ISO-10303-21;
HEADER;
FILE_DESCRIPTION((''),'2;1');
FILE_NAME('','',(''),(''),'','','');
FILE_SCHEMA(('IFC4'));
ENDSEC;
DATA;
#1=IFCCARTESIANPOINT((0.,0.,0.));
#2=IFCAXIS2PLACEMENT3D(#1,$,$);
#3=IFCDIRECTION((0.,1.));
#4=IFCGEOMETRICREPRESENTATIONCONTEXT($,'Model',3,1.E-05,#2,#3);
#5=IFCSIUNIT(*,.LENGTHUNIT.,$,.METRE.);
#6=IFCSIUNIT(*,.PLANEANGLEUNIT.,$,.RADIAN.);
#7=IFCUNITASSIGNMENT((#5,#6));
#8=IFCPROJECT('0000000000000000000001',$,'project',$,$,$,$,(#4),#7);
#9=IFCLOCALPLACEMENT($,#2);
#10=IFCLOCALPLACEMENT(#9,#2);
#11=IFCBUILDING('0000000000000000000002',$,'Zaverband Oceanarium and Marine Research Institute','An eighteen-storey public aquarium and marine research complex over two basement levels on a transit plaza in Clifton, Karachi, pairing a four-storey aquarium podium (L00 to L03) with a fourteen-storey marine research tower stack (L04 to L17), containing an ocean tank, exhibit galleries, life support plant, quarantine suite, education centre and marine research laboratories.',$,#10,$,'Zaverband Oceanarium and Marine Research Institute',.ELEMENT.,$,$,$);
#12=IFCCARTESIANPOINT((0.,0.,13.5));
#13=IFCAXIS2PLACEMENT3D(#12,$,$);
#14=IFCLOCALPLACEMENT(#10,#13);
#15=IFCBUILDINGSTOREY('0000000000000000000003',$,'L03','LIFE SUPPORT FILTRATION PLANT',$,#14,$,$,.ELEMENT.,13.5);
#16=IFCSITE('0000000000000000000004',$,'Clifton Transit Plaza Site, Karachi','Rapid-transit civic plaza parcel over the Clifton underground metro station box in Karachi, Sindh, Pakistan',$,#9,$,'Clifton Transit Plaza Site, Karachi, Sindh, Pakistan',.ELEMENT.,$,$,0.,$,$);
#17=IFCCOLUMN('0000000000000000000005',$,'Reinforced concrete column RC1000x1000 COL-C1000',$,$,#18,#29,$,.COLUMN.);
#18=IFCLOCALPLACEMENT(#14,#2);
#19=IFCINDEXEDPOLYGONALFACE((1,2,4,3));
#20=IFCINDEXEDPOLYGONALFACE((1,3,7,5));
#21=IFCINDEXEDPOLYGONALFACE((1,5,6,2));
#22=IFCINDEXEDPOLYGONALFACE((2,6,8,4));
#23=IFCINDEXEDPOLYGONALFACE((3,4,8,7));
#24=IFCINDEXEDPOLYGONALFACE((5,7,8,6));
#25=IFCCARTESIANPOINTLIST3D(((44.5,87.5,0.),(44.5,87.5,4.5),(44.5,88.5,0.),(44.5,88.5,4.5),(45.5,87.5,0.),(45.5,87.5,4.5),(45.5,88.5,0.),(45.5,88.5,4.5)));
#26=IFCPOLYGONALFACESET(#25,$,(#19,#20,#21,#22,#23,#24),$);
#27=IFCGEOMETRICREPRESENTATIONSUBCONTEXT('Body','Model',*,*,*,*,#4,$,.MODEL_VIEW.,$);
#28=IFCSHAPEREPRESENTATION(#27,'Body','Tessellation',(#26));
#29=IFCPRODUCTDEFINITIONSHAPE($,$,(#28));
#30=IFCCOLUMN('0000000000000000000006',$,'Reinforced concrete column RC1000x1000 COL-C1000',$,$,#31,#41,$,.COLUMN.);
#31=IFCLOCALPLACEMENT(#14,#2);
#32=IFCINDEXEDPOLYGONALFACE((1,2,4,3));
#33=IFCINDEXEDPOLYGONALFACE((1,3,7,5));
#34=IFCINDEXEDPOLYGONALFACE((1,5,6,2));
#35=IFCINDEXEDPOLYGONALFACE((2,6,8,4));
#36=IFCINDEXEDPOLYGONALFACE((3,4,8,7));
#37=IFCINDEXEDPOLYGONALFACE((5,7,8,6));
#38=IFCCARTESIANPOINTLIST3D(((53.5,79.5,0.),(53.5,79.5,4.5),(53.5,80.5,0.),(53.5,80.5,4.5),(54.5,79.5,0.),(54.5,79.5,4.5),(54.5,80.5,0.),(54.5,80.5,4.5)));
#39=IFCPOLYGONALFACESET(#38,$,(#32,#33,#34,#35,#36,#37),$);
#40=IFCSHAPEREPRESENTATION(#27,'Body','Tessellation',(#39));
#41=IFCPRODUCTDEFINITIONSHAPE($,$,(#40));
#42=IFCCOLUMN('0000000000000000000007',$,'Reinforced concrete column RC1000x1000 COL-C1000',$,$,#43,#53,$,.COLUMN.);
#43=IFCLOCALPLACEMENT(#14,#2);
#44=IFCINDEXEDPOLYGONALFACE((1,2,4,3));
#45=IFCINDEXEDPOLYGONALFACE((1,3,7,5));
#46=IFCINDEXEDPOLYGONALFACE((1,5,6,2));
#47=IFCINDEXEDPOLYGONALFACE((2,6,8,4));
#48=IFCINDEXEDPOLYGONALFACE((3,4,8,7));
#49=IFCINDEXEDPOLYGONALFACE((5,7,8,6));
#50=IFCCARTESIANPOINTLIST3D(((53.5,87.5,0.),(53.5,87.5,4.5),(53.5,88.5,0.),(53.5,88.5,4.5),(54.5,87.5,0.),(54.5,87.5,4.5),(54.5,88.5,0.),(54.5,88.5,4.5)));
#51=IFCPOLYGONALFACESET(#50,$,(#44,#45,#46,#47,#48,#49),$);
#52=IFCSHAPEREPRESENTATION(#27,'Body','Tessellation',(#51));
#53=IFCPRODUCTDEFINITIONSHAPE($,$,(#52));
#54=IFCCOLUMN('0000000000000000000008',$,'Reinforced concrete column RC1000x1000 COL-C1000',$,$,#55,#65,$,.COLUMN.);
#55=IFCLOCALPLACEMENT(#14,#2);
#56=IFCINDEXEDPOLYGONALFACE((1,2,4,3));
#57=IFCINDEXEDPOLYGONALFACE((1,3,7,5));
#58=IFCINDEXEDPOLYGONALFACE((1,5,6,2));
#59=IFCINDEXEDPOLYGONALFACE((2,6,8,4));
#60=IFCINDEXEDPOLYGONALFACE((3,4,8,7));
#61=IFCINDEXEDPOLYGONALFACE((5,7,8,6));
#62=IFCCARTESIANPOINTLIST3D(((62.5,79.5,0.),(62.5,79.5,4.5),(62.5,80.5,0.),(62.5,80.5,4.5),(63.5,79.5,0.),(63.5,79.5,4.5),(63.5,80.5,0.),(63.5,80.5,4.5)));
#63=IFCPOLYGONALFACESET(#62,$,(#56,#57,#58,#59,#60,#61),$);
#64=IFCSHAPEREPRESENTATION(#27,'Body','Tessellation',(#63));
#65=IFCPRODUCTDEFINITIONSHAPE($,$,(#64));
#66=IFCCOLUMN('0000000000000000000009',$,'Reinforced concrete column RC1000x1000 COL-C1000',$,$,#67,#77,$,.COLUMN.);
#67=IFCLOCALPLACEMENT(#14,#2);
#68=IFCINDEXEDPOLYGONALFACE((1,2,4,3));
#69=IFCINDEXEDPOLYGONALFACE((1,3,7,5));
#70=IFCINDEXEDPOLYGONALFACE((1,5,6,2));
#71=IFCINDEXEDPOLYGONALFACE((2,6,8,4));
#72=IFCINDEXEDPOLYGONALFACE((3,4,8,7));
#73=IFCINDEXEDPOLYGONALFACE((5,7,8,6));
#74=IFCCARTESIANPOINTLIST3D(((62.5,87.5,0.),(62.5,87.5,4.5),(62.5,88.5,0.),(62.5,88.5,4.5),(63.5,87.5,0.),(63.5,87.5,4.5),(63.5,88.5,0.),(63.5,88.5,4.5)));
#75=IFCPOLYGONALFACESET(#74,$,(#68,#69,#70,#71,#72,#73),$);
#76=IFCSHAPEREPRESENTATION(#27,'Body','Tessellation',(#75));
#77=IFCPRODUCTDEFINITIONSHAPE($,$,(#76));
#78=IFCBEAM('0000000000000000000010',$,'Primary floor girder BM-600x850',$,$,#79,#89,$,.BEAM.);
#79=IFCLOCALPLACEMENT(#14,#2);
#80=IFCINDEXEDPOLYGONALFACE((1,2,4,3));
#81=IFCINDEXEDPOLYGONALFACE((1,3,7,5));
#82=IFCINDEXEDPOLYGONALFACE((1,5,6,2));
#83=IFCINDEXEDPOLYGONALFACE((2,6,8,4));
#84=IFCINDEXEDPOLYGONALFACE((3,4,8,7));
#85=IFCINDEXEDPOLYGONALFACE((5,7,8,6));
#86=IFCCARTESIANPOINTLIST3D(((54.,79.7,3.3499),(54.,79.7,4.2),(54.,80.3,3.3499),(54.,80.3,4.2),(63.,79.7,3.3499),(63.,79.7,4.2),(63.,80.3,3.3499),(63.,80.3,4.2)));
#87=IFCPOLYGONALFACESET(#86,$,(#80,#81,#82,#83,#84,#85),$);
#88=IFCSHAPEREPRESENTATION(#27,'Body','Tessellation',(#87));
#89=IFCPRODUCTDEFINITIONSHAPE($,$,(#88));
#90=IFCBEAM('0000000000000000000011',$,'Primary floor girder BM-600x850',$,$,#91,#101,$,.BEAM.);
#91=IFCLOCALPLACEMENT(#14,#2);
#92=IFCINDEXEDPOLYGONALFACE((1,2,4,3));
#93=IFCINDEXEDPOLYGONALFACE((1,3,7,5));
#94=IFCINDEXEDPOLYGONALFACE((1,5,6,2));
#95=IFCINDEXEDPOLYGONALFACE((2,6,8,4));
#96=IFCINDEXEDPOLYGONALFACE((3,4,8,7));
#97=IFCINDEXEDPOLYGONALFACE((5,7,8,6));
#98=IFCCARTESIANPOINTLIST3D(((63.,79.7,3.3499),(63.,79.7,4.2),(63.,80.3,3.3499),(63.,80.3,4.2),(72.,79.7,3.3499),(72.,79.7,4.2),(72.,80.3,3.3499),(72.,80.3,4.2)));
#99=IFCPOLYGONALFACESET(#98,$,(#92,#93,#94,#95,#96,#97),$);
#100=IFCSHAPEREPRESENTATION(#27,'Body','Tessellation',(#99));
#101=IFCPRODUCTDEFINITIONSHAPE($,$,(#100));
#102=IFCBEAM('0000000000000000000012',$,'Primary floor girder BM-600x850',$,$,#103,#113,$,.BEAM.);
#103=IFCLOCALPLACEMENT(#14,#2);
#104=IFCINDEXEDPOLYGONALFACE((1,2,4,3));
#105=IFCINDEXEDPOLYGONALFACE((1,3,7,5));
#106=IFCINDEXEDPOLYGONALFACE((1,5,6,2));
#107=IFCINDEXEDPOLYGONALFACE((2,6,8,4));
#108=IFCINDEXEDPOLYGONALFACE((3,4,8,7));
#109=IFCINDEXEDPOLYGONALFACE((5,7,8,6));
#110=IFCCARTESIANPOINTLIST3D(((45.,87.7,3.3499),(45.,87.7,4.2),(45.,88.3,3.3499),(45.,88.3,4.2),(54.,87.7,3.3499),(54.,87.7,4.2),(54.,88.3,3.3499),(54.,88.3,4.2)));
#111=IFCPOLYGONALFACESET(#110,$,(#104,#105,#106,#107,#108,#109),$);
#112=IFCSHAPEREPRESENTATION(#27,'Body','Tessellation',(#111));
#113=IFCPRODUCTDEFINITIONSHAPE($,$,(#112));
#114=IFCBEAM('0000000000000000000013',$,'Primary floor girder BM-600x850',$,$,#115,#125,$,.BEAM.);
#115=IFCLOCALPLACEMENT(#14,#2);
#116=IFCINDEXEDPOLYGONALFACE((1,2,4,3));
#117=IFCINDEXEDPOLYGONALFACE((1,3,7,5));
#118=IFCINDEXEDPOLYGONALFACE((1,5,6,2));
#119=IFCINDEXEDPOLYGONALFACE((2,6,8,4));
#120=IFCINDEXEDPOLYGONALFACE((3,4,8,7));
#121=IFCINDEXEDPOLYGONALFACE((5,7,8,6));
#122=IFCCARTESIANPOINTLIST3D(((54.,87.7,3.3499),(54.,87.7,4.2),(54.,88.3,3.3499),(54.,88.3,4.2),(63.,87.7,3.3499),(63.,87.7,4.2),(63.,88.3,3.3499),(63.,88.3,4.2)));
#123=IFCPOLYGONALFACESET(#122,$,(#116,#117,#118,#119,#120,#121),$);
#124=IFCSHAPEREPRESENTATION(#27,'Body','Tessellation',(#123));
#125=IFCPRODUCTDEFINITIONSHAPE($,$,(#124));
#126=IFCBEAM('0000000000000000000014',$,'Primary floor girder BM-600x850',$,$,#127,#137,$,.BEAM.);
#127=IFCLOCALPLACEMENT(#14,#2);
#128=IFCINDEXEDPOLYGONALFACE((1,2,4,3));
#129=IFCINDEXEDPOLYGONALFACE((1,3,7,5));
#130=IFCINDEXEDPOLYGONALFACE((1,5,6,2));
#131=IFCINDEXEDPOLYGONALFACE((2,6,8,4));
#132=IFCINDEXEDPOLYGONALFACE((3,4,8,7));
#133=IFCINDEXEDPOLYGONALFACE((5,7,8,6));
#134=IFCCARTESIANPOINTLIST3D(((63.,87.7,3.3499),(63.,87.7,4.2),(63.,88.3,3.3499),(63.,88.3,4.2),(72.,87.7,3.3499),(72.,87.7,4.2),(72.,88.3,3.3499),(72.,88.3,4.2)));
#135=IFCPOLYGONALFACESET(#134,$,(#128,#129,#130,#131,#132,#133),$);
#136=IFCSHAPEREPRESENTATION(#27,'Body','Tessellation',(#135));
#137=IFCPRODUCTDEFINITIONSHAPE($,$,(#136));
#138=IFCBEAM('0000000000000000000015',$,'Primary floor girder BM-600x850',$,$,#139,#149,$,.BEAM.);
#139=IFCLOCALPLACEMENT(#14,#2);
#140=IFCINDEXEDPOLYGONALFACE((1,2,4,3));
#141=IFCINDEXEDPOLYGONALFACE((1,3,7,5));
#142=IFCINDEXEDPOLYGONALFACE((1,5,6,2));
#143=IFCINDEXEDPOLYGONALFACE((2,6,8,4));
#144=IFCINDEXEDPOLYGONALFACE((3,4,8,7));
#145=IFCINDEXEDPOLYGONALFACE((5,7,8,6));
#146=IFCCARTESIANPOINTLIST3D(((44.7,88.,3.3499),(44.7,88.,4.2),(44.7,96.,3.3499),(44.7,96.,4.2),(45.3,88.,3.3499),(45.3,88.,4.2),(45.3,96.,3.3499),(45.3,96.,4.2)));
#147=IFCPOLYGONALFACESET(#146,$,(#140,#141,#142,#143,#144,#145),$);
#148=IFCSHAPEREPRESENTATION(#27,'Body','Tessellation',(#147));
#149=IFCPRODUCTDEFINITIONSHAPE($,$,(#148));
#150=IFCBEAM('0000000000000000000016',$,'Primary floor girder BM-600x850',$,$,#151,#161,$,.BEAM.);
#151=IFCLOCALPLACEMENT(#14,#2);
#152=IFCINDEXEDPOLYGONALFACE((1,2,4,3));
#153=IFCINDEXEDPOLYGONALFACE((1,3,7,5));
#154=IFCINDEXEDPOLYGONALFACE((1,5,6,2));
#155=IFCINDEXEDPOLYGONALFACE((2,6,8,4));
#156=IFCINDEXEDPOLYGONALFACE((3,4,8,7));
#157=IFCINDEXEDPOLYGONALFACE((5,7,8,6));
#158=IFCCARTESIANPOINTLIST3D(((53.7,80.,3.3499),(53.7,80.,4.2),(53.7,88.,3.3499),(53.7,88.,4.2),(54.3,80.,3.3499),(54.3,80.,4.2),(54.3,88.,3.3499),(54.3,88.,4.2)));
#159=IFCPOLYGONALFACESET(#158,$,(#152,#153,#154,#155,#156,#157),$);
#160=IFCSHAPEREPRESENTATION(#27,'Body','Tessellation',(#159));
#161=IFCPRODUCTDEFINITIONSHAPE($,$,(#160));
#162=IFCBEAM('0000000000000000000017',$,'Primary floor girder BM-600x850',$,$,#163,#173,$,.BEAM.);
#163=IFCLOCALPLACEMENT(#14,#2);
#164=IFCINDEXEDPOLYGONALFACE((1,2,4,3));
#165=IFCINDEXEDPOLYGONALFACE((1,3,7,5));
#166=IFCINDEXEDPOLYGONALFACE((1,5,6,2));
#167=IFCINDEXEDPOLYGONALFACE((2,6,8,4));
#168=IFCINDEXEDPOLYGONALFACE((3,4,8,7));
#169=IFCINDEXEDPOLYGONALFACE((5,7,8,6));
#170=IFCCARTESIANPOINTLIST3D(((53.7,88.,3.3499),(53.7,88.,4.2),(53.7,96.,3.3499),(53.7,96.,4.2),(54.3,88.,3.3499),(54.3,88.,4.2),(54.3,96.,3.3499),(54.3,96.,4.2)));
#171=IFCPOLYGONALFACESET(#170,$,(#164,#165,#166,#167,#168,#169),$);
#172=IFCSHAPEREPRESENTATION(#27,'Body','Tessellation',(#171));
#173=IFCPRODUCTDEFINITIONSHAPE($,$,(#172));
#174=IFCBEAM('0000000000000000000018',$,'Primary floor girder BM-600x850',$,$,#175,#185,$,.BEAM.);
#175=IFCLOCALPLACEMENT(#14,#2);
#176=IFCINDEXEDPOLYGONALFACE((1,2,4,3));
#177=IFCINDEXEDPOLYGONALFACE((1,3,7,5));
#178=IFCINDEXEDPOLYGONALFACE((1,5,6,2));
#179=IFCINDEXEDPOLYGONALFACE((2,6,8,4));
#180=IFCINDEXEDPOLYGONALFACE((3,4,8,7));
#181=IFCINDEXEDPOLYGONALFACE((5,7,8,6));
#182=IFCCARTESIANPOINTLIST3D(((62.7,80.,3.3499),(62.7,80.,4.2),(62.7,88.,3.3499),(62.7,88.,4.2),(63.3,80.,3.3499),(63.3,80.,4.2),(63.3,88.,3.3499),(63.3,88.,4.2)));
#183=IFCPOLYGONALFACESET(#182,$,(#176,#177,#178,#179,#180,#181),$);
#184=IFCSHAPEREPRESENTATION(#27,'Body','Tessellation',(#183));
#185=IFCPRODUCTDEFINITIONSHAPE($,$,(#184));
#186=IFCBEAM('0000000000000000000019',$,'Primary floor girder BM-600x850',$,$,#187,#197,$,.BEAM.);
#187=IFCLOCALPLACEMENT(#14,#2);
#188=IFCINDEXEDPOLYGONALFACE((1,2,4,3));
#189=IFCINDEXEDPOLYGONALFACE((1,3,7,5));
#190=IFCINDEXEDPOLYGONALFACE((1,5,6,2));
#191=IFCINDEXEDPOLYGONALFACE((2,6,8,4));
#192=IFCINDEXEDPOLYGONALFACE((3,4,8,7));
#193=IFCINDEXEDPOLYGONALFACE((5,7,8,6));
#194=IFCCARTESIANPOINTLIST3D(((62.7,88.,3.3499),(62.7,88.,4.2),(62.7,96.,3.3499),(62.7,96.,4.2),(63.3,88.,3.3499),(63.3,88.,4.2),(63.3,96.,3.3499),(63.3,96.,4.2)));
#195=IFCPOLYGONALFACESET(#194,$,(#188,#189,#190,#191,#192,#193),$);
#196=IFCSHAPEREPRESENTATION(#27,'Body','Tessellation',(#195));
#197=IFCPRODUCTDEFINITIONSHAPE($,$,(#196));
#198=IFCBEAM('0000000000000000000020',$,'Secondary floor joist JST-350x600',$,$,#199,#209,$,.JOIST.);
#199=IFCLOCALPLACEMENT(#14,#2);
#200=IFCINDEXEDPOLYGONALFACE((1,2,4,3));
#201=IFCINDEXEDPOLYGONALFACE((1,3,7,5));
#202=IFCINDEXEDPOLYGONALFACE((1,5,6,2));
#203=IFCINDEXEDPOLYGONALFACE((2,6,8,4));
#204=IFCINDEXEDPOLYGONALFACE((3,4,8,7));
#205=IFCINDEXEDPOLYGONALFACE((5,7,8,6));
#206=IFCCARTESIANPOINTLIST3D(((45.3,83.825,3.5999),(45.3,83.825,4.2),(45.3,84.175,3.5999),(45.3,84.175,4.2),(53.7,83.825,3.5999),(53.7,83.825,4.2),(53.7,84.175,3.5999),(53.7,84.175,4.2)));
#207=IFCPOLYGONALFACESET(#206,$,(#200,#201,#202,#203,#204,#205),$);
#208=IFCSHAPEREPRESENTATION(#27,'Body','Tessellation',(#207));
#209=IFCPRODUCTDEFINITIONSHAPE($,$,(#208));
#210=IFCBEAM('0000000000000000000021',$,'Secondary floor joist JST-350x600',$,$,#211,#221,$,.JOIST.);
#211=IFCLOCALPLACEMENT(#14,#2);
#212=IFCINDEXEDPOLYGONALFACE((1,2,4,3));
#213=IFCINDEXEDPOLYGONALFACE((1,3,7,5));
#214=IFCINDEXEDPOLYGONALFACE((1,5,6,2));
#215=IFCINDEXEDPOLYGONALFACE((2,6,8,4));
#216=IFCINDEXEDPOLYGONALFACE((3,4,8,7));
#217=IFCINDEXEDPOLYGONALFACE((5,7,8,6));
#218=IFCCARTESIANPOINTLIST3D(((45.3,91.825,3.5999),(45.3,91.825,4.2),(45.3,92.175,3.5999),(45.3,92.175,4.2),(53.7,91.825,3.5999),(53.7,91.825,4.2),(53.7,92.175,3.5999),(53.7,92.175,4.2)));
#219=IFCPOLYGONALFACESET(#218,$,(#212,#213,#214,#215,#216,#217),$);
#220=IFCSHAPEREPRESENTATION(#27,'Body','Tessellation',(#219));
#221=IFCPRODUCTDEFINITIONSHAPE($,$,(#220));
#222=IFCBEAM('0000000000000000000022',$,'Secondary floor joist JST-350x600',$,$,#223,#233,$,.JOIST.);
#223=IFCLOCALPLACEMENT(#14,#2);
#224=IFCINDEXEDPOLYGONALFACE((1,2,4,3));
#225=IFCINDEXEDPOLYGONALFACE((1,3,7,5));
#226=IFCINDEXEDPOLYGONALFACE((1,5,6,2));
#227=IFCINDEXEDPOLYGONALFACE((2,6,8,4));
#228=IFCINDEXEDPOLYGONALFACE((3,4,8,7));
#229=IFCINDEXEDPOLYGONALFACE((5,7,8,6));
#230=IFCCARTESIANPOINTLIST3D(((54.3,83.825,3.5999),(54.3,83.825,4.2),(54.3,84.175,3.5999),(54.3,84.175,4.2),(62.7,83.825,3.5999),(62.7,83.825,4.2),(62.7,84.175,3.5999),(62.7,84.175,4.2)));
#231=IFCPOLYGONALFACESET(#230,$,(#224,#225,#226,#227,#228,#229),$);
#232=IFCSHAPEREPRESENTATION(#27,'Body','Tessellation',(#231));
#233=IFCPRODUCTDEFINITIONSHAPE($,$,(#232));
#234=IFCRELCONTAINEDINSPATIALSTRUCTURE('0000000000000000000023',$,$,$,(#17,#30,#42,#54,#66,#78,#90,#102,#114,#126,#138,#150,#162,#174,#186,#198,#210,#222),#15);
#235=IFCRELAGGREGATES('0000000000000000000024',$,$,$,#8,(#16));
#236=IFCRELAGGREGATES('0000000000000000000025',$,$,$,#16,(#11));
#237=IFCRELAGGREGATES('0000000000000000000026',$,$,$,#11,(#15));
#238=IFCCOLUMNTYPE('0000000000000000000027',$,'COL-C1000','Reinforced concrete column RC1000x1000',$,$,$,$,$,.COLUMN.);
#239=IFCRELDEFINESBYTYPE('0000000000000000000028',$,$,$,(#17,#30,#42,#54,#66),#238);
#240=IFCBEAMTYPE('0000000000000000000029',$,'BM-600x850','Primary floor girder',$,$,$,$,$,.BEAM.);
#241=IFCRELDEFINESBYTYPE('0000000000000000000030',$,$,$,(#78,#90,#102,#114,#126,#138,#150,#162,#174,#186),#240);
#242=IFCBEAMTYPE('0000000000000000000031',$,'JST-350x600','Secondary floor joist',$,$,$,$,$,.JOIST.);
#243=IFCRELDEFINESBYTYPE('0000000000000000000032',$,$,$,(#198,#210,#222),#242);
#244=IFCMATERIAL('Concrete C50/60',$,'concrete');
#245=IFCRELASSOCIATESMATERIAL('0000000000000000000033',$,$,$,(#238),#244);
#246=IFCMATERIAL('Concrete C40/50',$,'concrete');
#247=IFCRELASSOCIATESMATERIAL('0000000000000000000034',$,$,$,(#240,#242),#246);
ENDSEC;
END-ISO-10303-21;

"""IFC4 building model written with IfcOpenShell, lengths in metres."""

from ifc_helpers import new_model, si_unit, direction, frame, origin, origin_2d, place, context, subcontext, project, spatial, rectangle, extrude, material, material_profile, profile_set, type_object, element, save


model = new_model("IFC4")

# Units and contexts
model_context = context("Model", 3, precision=1e-05, world=origin(), true_north=direction((0.0, 1.0)))
body_context = subcontext(model_context, "Body", "Model", "MODEL_VIEW")
ifc_project = project(units=[si_unit("LENGTHUNIT", "METRE"), si_unit("PLANEANGLEUNIT", "RADIAN")], contexts=[model_context])

# Site, building, storey
site_placement = place(None, origin())
site = spatial("IfcSite", under=ifc_project, at=site_placement, Name="Clifton Transit Plaza Site, Karachi", Description="Rapid-transit civic plaza parcel over the Clifton underground metro station box in Karachi, Sindh, Pakistan", LongName="Clifton Transit Plaza Site, Karachi, Sindh, Pakistan", CompositionType="ELEMENT", RefElevation=0.0)
building_placement = place(site_placement, origin())
building = spatial("IfcBuilding", under=site, at=building_placement, Name="Zaverband Oceanarium and Marine Research Institute", Description="An eighteen-storey public aquarium and marine research complex over two basement levels on a transit plaza in Clifton, Karachi, pairing a four-storey aquarium podium (L00 to L03) with a fourteen-storey marine research tower stack (L04 to L17), containing an ocean tank, exhibit galleries, life support plant, quarantine suite, education centre and marine research laboratories.", LongName="Zaverband Oceanarium and Marine Research Institute", CompositionType="ELEMENT")
storey_placement = place(building_placement, frame((0.0, 0.0, 13.5)))
storey = spatial("IfcBuildingStorey", under=building, at=storey_placement, Name="L03", Description="LIFE SUPPORT FILTRATION PLANT", CompositionType="ELEMENT", Elevation=13.5)

# Columns
ifc_material_1 = material(Name="Concrete C50/60", Category="concrete")
ifc_material_profile_1 = material_profile(ifc_material_1, rectangle(XDim=1.0, YDim=1.0, at=origin_2d()), Name="RC1000x1000")
ifc_profile_set_1 = profile_set([ifc_material_profile_1], Name="Concrete C50/60")
column_type = type_object("IfcColumnType", Name="COL-C1000", Description="Reinforced concrete column RC1000x1000", PredefinedType="COLUMN", material=ifc_profile_set_1)
for number, where, z_axis, x_axis, name in (
    (1, (45.0, 88.0, 0.0), (0.0, 0.0, 1.0), (1.0, 0.0, 0.0), "Reinforced concrete column RC1000x1000 COL-C1000"),
    (2, (54.0, 80.0, 0.0), (0.0, 0.0, 1.0), (1.0, 0.0, 0.0), "Reinforced concrete column RC1000x1000 COL-C1000"),
    (3, (54.0, 88.0, 0.0), (0.0, 0.0, 1.0), (1.0, 0.0, 0.0), "Reinforced concrete column RC1000x1000 COL-C1000"),
    (4, (63.0, 80.0, 0.0), (0.0, 0.0, 1.0), (1.0, 0.0, 0.0), "Reinforced concrete column RC1000x1000 COL-C1000"),
    (5, (63.0, 88.0, 0.0), (0.0, 0.0, 1.0), (1.0, 0.0, 0.0), "Reinforced concrete column RC1000x1000 COL-C1000"),
):
    element("IfcColumn", number, at=place(storey_placement, frame(where, z_axis=z_axis, x_axis=x_axis)), inside=storey, type_object=column_type, Name=name, PredefinedType="COLUMN", context=body_context, shape_type="SweptSolid", body=[
        extrude(rectangle(XDim=1.0, YDim=1.0, at=origin_2d()), origin(), (0.0, 0.0, 1.0), 4.5),
    ])

# Beams
ifc_material_2 = material(Name="Concrete C40/50", Category="concrete")
ifc_material_profile_2 = material_profile(ifc_material_2, rectangle(XDim=0.6001, YDim=0.8501, at=origin_2d()), Name="RC600x850")
ifc_profile_set_2 = profile_set([ifc_material_profile_2], Name="Concrete C40/50")
beam_type_1 = type_object("IfcBeamType", Name="BM-600x850", Description="Primary floor girder", PredefinedType="BEAM", material=ifc_profile_set_2)
for number, where, z_axis, x_axis, name in (
    (6, (54.0, 80.0, 3.7749), (1.0, 0.0, 0.0), (0.0, 1.0, 0.0), "Primary floor girder BM-600x850"),
    (7, (63.0, 80.0, 3.7749), (1.0, 0.0, 0.0), (0.0, 1.0, 0.0), "Primary floor girder BM-600x850"),
    (8, (45.0, 88.0, 3.7749), (1.0, 0.0, 0.0), (0.0, 1.0, 0.0), "Primary floor girder BM-600x850"),
    (9, (54.0, 88.0, 3.7749), (1.0, 0.0, 0.0), (0.0, 1.0, 0.0), "Primary floor girder BM-600x850"),
    (10, (63.0, 88.0, 3.7749), (1.0, 0.0, 0.0), (0.0, 1.0, 0.0), "Primary floor girder BM-600x850"),
):
    element("IfcBeam", number, at=place(storey_placement, frame(where, z_axis=z_axis, x_axis=x_axis)), inside=storey, type_object=beam_type_1, Name=name, PredefinedType="BEAM", context=body_context, shape_type="SweptSolid", body=[
        extrude(rectangle(XDim=0.6001, YDim=0.8501, at=origin_2d()), origin(), (0.0, 0.0, 1.0), 9.0),
    ])
for number, where, z_axis, x_axis, name in (
    (11, (45.0, 88.0, 3.7749), (0.0, 1.0, 0.0), (-1.0, 0.0, 0.0), "Primary floor girder BM-600x850"),
    (12, (54.0, 80.0, 3.7749), (0.0, 1.0, 0.0), (-1.0, 0.0, 0.0), "Primary floor girder BM-600x850"),
    (13, (54.0, 88.0, 3.7749), (0.0, 1.0, 0.0), (-1.0, 0.0, 0.0), "Primary floor girder BM-600x850"),
    (14, (63.0, 80.0, 3.7749), (0.0, 1.0, 0.0), (-1.0, 0.0, 0.0), "Primary floor girder BM-600x850"),
    (15, (63.0, 88.0, 3.7749), (0.0, 1.0, 0.0), (-1.0, 0.0, 0.0), "Primary floor girder BM-600x850"),
):
    element("IfcBeam", number, at=place(storey_placement, frame(where, z_axis=z_axis, x_axis=x_axis)), inside=storey, type_object=beam_type_1, Name=name, PredefinedType="BEAM", context=body_context, shape_type="SweptSolid", body=[
        extrude(rectangle(XDim=0.6001, YDim=0.8501, at=origin_2d()), origin(), (0.0, 0.0, 1.0), 8.0),
    ])
ifc_material_profile_3 = material_profile(ifc_material_2, rectangle(XDim=0.3501, YDim=0.6001, at=origin_2d()), Name="RC350x600")
ifc_profile_set_3 = profile_set([ifc_material_profile_3], Name="Concrete C40/50")
beam_type_2 = type_object("IfcBeamType", Name="JST-350x600", Description="Secondary floor joist", PredefinedType="JOIST", material=ifc_profile_set_3)
for number, where, z_axis, x_axis, name in (
    (16, (45.3, 84.0, 3.8999), (1.0, 0.0, 0.0), (0.0, 1.0, 0.0), "Secondary floor joist JST-350x600"),
    (17, (45.3, 92.0, 3.8999), (1.0, 0.0, 0.0), (0.0, 1.0, 0.0), "Secondary floor joist JST-350x600"),
    (18, (54.3, 84.0, 3.8999), (1.0, 0.0, 0.0), (0.0, 1.0, 0.0), "Secondary floor joist JST-350x600"),
):
    element("IfcBeam", number, at=place(storey_placement, frame(where, z_axis=z_axis, x_axis=x_axis)), inside=storey, type_object=beam_type_2, Name=name, PredefinedType="JOIST", context=body_context, shape_type="SweptSolid", body=[
        extrude(rectangle(XDim=0.3501, YDim=0.6001, at=origin_2d()), origin(), (0.0, 0.0, 1.0), 8.3999),
    ])

save(model, "model.ifc")
